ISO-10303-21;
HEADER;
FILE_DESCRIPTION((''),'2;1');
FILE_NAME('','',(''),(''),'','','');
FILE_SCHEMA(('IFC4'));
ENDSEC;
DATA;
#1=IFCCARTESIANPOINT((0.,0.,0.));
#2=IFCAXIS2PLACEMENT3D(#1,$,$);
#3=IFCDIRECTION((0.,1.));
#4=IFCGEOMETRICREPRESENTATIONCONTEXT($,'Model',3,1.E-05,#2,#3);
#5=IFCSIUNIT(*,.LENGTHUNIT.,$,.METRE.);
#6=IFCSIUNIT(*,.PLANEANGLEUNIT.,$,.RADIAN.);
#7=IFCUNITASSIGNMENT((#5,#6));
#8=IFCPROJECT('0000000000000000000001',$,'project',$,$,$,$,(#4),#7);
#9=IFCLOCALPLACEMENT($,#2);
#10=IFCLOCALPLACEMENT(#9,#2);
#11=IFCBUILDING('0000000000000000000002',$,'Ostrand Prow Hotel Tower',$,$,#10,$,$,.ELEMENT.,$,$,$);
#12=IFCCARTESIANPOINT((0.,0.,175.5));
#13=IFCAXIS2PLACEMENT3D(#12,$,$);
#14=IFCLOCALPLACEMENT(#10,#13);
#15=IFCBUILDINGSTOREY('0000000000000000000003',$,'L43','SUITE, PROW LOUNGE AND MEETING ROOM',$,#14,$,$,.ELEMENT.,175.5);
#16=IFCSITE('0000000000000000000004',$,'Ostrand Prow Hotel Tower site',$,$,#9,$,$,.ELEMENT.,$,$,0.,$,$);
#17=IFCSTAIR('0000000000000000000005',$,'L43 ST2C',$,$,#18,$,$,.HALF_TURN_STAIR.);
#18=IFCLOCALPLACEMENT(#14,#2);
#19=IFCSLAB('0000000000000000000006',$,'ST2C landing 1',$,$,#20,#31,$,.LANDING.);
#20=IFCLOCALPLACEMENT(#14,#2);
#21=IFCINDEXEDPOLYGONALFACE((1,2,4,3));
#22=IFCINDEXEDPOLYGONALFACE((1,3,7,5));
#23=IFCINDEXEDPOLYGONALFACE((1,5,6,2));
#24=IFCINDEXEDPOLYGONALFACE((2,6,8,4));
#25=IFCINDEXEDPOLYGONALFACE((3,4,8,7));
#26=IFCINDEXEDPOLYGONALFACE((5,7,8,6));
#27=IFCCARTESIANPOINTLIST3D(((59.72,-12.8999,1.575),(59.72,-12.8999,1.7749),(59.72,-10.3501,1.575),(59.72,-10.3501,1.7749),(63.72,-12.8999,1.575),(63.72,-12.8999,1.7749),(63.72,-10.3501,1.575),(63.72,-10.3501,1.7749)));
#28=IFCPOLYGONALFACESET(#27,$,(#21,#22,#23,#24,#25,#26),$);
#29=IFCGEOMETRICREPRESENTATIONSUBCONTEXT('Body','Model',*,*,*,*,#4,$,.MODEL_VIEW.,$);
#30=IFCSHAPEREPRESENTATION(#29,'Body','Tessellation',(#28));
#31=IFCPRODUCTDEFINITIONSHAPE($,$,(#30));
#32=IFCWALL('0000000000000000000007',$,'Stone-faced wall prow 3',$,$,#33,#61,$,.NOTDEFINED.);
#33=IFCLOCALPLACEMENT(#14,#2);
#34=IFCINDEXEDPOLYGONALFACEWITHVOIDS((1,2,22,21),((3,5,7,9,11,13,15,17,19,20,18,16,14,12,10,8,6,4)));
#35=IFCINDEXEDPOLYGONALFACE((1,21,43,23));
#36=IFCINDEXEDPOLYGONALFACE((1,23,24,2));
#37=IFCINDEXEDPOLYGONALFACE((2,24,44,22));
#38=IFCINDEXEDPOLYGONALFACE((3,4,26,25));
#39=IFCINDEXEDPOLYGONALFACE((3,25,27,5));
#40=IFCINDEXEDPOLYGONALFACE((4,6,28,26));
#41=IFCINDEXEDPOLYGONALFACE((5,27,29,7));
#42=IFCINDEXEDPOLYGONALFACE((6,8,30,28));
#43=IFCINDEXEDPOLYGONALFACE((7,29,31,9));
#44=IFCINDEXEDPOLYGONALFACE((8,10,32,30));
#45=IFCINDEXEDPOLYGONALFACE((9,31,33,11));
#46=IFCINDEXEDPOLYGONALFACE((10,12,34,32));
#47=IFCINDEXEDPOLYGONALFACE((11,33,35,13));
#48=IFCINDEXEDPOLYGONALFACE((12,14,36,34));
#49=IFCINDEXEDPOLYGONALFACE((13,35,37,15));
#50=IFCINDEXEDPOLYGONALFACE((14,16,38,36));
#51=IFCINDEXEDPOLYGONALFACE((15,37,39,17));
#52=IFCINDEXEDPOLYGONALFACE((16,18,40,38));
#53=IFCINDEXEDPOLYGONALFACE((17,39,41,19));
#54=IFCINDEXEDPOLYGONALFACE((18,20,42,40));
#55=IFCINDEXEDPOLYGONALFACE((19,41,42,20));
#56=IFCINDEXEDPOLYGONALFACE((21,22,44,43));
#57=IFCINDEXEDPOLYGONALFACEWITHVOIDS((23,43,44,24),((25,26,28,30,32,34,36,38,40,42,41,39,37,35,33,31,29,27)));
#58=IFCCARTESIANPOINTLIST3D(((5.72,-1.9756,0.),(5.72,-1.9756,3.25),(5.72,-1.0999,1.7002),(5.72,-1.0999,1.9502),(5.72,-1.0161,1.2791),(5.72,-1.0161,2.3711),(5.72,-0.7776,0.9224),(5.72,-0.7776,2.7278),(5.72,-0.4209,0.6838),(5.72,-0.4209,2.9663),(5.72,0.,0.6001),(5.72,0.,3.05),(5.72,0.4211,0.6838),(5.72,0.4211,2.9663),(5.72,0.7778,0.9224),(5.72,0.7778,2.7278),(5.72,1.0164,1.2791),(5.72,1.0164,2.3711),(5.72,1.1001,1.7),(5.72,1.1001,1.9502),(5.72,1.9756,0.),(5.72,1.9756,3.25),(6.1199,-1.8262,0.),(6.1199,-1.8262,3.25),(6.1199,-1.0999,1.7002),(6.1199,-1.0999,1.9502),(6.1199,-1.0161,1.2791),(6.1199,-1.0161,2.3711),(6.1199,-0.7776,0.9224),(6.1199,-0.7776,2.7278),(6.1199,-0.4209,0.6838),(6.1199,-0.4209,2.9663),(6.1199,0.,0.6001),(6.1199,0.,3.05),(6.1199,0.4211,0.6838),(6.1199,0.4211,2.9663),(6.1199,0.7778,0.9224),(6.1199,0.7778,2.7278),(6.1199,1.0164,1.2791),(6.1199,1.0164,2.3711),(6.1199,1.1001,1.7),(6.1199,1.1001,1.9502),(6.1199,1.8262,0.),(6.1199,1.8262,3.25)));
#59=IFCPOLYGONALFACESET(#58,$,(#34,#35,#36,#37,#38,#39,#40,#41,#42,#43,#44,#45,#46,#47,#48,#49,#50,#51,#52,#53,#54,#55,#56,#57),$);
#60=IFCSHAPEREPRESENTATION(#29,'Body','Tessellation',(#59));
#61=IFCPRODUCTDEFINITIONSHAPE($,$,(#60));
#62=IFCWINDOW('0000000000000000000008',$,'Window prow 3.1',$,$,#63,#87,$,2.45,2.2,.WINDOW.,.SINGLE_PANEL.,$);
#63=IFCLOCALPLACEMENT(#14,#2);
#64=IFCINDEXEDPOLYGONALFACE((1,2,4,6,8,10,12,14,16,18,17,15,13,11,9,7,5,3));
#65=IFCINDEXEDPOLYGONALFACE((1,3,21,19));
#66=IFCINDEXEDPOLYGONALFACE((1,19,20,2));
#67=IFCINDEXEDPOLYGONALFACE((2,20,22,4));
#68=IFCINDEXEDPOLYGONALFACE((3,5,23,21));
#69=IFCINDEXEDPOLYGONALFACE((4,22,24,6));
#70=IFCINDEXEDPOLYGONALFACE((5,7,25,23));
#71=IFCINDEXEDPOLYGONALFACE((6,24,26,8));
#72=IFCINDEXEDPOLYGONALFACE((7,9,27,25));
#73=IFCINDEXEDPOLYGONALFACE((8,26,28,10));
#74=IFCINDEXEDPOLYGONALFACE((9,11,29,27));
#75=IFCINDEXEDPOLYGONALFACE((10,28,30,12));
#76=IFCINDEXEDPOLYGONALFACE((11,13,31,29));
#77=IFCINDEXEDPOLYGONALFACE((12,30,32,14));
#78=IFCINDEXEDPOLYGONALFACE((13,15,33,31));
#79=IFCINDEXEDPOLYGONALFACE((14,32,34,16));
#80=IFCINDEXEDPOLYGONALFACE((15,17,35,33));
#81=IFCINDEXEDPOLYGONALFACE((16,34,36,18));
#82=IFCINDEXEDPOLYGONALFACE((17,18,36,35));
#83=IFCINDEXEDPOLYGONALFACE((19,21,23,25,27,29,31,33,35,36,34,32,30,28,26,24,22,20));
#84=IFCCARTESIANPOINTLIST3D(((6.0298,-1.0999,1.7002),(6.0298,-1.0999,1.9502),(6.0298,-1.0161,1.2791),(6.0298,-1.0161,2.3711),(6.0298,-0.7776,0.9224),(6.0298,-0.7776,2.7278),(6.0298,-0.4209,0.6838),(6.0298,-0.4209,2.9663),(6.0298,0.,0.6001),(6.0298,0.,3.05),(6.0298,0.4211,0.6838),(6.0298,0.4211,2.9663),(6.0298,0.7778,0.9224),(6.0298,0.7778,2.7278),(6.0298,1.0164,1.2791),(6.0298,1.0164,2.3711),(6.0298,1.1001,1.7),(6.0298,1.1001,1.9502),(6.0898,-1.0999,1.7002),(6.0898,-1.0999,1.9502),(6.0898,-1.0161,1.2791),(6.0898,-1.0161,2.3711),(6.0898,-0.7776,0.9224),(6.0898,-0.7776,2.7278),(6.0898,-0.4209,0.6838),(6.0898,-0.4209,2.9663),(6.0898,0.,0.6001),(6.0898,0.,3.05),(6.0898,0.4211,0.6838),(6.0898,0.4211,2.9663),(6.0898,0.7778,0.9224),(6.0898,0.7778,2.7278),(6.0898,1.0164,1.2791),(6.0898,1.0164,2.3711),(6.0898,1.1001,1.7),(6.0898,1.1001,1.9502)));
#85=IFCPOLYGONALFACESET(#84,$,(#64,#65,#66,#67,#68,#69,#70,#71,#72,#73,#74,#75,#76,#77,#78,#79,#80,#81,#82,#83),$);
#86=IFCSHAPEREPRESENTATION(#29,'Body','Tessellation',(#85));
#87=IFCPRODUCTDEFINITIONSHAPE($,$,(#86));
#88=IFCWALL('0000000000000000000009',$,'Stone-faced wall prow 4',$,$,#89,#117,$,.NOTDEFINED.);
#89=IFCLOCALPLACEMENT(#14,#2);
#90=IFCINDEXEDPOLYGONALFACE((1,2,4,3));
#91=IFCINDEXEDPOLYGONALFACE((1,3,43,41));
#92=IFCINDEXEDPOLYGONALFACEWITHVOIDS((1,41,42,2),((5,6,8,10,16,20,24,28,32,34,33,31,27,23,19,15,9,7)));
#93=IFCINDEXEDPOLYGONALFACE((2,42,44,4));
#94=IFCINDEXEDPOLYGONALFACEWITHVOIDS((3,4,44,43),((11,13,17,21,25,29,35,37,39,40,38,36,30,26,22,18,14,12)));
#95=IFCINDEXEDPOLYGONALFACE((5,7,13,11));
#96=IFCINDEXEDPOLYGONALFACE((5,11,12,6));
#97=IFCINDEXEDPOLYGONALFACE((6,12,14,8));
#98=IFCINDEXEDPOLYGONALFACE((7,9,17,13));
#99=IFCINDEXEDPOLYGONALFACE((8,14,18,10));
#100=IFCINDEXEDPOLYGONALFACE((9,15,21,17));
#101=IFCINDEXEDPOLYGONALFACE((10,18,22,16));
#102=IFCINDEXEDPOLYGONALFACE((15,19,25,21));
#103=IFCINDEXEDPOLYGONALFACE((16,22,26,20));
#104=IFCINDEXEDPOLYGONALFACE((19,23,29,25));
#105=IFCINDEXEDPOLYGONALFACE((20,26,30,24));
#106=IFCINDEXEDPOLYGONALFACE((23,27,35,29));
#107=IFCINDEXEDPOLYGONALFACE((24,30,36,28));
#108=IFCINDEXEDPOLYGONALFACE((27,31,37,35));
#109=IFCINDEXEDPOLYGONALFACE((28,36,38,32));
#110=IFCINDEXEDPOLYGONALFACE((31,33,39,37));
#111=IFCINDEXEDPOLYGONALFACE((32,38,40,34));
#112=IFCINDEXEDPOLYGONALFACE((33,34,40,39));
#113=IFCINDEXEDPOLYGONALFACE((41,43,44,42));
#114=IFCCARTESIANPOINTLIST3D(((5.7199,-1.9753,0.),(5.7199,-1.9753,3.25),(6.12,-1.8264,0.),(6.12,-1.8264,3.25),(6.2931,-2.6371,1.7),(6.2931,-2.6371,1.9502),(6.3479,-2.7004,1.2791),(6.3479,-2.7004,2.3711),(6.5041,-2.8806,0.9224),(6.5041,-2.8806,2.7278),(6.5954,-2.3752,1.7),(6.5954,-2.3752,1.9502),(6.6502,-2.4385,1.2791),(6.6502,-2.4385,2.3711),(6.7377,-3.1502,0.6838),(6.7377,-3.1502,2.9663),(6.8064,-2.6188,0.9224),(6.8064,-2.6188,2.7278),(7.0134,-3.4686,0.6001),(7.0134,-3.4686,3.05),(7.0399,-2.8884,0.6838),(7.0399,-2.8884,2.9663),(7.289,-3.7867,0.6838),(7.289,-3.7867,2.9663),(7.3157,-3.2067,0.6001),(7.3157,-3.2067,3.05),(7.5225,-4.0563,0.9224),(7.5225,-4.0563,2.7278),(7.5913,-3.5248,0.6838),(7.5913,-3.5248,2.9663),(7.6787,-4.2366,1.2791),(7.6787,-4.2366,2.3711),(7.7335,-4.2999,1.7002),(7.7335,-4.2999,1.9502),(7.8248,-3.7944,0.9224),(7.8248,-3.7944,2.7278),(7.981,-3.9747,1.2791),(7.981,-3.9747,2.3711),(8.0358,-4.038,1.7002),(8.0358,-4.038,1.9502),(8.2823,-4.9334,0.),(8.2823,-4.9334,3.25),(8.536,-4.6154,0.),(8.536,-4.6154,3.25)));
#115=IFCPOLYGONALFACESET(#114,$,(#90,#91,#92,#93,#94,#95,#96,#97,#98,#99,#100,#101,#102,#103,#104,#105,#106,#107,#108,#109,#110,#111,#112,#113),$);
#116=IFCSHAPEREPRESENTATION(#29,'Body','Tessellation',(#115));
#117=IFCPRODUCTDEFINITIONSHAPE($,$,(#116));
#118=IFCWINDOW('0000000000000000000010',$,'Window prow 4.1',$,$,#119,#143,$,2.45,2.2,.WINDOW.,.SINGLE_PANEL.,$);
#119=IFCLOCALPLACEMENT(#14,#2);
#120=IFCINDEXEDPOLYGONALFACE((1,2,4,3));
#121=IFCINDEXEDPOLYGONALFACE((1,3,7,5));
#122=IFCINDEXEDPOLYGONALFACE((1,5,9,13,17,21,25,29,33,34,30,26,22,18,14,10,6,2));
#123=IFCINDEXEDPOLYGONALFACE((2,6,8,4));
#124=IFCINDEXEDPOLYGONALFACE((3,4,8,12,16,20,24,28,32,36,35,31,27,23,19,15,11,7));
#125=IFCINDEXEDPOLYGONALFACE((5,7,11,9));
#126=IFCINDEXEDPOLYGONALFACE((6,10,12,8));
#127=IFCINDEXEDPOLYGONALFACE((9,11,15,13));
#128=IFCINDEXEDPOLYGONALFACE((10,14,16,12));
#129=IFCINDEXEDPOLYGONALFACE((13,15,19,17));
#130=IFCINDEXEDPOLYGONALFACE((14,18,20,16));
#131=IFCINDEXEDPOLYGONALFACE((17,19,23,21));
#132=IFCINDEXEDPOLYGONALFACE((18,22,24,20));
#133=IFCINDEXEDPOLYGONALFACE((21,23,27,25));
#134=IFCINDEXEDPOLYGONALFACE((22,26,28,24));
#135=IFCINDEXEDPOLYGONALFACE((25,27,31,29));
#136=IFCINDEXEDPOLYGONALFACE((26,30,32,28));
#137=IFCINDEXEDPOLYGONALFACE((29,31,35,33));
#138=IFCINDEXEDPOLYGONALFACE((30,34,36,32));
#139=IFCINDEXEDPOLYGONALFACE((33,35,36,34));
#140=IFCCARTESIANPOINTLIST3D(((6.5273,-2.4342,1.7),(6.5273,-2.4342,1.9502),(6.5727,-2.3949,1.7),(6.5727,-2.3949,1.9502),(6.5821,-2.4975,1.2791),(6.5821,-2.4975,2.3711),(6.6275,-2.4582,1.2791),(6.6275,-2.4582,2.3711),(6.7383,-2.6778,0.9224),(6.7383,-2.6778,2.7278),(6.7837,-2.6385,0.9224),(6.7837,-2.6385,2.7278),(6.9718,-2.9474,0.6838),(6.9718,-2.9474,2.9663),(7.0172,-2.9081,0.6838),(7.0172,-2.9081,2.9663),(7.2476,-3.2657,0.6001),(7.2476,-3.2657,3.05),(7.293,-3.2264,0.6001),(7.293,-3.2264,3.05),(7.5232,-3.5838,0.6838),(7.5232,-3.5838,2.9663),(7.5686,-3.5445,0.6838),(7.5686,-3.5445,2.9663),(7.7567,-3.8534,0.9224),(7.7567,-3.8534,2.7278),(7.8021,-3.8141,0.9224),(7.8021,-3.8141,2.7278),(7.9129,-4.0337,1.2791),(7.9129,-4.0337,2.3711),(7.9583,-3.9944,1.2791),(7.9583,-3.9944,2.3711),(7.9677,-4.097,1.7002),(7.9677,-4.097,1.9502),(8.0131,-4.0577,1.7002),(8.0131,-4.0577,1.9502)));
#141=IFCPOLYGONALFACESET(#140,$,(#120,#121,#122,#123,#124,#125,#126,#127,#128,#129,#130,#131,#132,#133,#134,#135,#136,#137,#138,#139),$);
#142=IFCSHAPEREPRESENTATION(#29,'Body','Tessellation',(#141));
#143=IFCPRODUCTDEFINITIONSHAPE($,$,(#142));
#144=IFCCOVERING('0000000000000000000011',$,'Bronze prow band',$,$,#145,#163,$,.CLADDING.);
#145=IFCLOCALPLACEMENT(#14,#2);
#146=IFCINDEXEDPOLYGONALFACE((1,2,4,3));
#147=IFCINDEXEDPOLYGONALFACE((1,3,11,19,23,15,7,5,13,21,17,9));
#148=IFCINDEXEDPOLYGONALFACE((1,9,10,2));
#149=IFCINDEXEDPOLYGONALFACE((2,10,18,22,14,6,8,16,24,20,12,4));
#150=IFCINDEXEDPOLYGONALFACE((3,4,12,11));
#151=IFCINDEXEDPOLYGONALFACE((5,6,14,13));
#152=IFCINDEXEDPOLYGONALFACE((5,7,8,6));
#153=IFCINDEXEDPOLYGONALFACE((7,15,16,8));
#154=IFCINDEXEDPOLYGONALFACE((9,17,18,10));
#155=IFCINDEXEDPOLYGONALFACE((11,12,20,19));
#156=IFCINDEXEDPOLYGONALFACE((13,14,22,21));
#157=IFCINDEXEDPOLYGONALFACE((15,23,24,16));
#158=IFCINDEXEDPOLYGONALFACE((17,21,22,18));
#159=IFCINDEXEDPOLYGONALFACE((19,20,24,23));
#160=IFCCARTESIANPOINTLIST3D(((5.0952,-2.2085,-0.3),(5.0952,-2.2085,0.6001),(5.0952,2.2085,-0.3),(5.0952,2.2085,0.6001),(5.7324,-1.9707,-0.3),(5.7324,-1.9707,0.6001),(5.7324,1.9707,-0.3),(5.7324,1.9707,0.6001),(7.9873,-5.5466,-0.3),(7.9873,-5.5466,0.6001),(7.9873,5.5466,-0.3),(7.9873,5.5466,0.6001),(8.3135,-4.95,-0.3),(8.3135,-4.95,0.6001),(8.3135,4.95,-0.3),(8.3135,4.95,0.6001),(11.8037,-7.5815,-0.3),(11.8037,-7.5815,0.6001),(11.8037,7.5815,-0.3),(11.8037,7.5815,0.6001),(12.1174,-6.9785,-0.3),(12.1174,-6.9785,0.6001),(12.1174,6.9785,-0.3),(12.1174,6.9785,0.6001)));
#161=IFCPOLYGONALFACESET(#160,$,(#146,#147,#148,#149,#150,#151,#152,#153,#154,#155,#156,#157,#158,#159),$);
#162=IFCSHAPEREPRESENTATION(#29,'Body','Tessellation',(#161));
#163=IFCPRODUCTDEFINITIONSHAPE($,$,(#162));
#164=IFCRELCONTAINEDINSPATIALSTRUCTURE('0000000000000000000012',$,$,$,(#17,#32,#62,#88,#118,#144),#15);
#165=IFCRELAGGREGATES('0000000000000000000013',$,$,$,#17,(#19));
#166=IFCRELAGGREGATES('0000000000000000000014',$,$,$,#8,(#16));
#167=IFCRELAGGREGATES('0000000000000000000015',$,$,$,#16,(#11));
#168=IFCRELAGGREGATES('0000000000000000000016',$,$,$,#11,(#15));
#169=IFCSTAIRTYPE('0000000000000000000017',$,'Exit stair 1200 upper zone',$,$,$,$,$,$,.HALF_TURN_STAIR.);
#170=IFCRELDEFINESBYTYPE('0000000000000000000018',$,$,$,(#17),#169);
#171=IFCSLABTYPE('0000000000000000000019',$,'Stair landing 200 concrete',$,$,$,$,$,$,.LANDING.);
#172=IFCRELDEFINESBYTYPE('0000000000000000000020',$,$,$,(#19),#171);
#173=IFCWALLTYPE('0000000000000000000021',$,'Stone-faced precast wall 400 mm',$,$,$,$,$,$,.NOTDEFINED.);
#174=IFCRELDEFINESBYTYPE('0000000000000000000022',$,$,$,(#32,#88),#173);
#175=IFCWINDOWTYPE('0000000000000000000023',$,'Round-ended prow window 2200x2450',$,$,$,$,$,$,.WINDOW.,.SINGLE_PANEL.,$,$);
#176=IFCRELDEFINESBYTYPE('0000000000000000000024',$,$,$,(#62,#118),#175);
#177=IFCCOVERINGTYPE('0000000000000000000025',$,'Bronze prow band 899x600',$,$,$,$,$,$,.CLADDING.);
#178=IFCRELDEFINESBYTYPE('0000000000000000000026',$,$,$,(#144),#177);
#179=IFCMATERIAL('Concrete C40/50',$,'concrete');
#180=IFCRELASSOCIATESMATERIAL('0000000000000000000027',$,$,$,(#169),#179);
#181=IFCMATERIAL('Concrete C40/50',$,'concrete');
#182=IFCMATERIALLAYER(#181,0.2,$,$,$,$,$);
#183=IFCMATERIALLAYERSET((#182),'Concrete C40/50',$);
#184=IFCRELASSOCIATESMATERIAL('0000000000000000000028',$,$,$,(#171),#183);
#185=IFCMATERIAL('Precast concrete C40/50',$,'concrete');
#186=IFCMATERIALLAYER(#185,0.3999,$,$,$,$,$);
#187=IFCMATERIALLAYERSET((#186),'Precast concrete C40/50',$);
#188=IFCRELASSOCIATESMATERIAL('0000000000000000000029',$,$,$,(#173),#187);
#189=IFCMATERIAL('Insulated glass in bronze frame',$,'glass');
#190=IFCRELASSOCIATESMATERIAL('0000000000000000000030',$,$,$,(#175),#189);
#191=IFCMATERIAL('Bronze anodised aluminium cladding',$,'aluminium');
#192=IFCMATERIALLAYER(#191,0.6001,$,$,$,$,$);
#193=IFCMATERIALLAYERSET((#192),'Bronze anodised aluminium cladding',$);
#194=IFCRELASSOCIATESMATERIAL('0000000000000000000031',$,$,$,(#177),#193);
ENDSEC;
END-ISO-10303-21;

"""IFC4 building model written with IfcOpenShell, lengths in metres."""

from ifc_helpers import new_model, si_unit, direction, frame, origin, place, context, subcontext, project, spatial, polyline, outline, extrude, material, layer, layer_set, type_object, element, fill, aggregate, save


model = new_model("IFC4")

# Units and contexts
model_context = context("Model", 3, precision=1e-05, world=origin(), true_north=direction((0.0, 1.0)))
body_context = subcontext(model_context, "Body", "Model", "MODEL_VIEW")
ifc_project = project(units=[si_unit("LENGTHUNIT", "METRE"), si_unit("PLANEANGLEUNIT", "RADIAN")], contexts=[model_context])

# Site, building, storey
site_placement = place(None, origin())
site = spatial("IfcSite", under=ifc_project, at=site_placement, Name="Ostrand Prow Hotel Tower site", CompositionType="ELEMENT", RefElevation=0.0)
building_placement = place(site_placement, origin())
building = spatial("IfcBuilding", under=site, at=building_placement, Name="Ostrand Prow Hotel Tower", CompositionType="ELEMENT")
storey_placement = place(building_placement, frame((0.0, 0.0, 175.5)))
storey = spatial("IfcBuildingStorey", under=building, at=storey_placement, Name="L43", Description="SUITE, PROW LOUNGE AND MEETING ROOM", CompositionType="ELEMENT", Elevation=175.5)

# Stair, slab
ifc_material_1 = material(Name="Concrete C40/50", Category="concrete")
stair_type = type_object("IfcStairType", Name="Exit stair 1200 upper zone", PredefinedType="HALF_TURN_STAIR", material=ifc_material_1)
ifc_material_2 = material(Name="Concrete C40/50", Category="concrete")
ifc_layer_1 = layer(ifc_material_2, 0.2)
ifc_layer_set_1 = layer_set([ifc_layer_1], Name="Concrete C40/50")
slab_type_1 = type_object("IfcSlabType", Name="Stair landing 200 concrete", PredefinedType="LANDING", material=ifc_layer_set_1)
stair_1_placement = place(storey_placement, origin())
stair_1 = element("IfcStair", 1, at=stair_1_placement, inside=storey, type_object=stair_type, Name="L43 ST2C", PredefinedType="HALF_TURN_STAIR")
slab_1_placement = place(storey_placement, frame((0.0, 0.0, 1.575)))
slab_1 = element("IfcSlab", 2, at=slab_1_placement, type_object=slab_type_1, Name="ST2C landing 1", PredefinedType="LANDING", context=body_context, shape_type="SweptSolid", body=[
    extrude(outline(polyline([(59.72, -12.8999), (63.72, -12.8999), (63.72, -10.3501), (59.72, -10.3501), (59.72, -12.8999)])), origin(), (0.0, 0.0, 1.0), 0.2),
])
aggregate(stair_1, [slab_1])

# Walls, openings, windows
ifc_material_3 = material(Name="Precast concrete C40/50", Category="concrete")
ifc_layer_2 = layer(ifc_material_3, 0.3999)
ifc_layer_set_2 = layer_set([ifc_layer_2], Name="Precast concrete C40/50")
wall_type = type_object("IfcWallType", Name="Stone-faced precast wall 400 mm", PredefinedType="NOTDEFINED", material=ifc_layer_set_2)
wall_1_placement = place(storey_placement, frame((5.9199, 1.9009, 0.0), z_axis=(0.0, 0.0, 1.0), x_axis=(0.0, -1.0, 0.0)))
wall_1 = element("IfcWall", 3, at=wall_1_placement, inside=storey, type_object=wall_type, Name="Stone-faced wall prow 3", PredefinedType="NOTDEFINED", context=body_context, shape_type="SweptSolid", body=[
    extrude(outline(polyline([(-0.0747, -0.2), (3.8765, -0.2), (3.7271, 0.2), (0.0747, 0.2), (-0.0747, -0.2)])), origin(), (0.0, 0.0, 1.0), 3.25),
])
opening_1_placement = place(wall_1_placement, frame((0.8008, 0.0, 0.6001)))
opening_1 = element("IfcOpeningElement", 4, at=opening_1_placement, cuts=wall_1, PredefinedType="OPENING", context=body_context, shape_type="SweptSolid", body=[
    extrude(outline(polyline([(0.0, 1.3501), (0.0837, 1.771), (0.3223, 2.1277), (0.679, 2.3662), (1.1001, 2.45), (1.521, 2.3662), (1.8777, 2.1277), (2.1162, 1.771), (2.2, 1.3501), (2.2, 1.1001), (2.1162, 0.679), (1.8777, 0.3223), (1.521, 0.0837), (1.1001, 0.0), (0.679, 0.0837), (0.3223, 0.3223), (0.0837, 0.679), (0.0, 1.0999), (0.0, 1.3501)])), frame((0.0, 0.21, 0.0), z_axis=(0.0, -1.0, 0.0), x_axis=(1.0, 0.0, 0.0)), (0.0, 0.0, 1.0), 0.4199),
])
ifc_material_4 = material(Name="Insulated glass in bronze frame", Category="glass")
window_type = type_object("IfcWindowType", Name="Round-ended prow window 2200x2450", PartitioningType="SINGLE_PANEL", PredefinedType="WINDOW", material=ifc_material_4)
window_1_placement = place(opening_1_placement, origin())
window_1 = element("IfcWindow", 5, at=window_1_placement, inside=storey, type_object=window_type, Name="Window prow 3.1", OverallHeight=2.45, OverallWidth=2.2, PartitioningType="SINGLE_PANEL", PredefinedType="WINDOW", context=body_context, shape_type="SweptSolid", body=[
    extrude(outline(polyline([(0.0, 1.3501), (0.0837, 1.771), (0.3223, 2.1277), (0.679, 2.3662), (1.1001, 2.45), (1.521, 2.3662), (1.8777, 2.1277), (2.1162, 1.771), (2.2, 1.3501), (2.2, 1.1001), (2.1162, 0.679), (1.8777, 0.3223), (1.521, 0.0837), (1.1001, 0.0), (0.679, 0.0837), (0.3223, 0.3223), (0.0837, 0.679), (0.0, 1.0999), (0.0, 1.3501)])), frame((0.0, 0.1699, 0.0), z_axis=(0.0, -1.0, 0.0), x_axis=(1.0, 0.0, 0.0)), (0.0, 0.0, 1.0), 0.0601),
])
fill(opening_1, window_1)
wall_2_placement = place(storey_placement, frame((5.9199, -1.9009, 0.0), z_axis=(0.0, 0.0, 1.0), x_axis=(0.654759, -0.755837, 0.0)))
wall_2 = element("IfcWall", 6, at=wall_2_placement, inside=storey, type_object=wall_type, Name="Stone-faced wall prow 4", PredefinedType="NOTDEFINED", context=body_context, shape_type="SweptSolid", body=[
    extrude(outline(polyline([(-0.0747, -0.2), (3.8389, -0.2), (3.7646, 0.2), (0.0747, 0.2), (-0.0747, -0.2)])), origin(), (0.0, 0.0, 1.0), 3.25),
])
opening_2_placement = place(wall_2_placement, frame((0.8008, 0.0, 0.6001)))
opening_2 = element("IfcOpeningElement", 7, at=opening_2_placement, cuts=wall_2, PredefinedType="OPENING", context=body_context, shape_type="SweptSolid", body=[
    extrude(outline(polyline([(0.0, 1.3501), (0.0837, 1.771), (0.3223, 2.1277), (0.679, 2.3662), (1.1001, 2.45), (1.521, 2.3662), (1.8777, 2.1277), (2.1162, 1.771), (2.2, 1.3501), (2.2, 1.1001), (2.1162, 0.679), (1.8777, 0.3223), (1.521, 0.0837), (1.1001, 0.0), (0.679, 0.0837), (0.3223, 0.3223), (0.0837, 0.679), (0.0, 1.0999), (0.0, 1.3501)])), frame((0.0, 0.21, 0.0), z_axis=(0.0, -1.0, 0.0), x_axis=(1.0, 0.0, 0.0)), (0.0, 0.0, 1.0), 0.4199),
])
window_2_placement = place(opening_2_placement, origin())
window_2 = element("IfcWindow", 8, at=window_2_placement, inside=storey, type_object=window_type, Name="Window prow 4.1", OverallHeight=2.45, OverallWidth=2.2, PartitioningType="SINGLE_PANEL", PredefinedType="WINDOW", context=body_context, shape_type="SweptSolid", body=[
    extrude(outline(polyline([(0.0, 1.3501), (0.0837, 1.771), (0.3223, 2.1277), (0.679, 2.3662), (1.1001, 2.45), (1.521, 2.3662), (1.8777, 2.1277), (2.1162, 1.771), (2.2, 1.3501), (2.2, 1.1001), (2.1162, 0.679), (1.8777, 0.3223), (1.521, 0.0837), (1.1001, 0.0), (0.679, 0.0837), (0.3223, 0.3223), (0.0837, 0.679), (0.0, 1.0999), (0.0, 1.3501)])), frame((0.0, 0.1699, 0.0), z_axis=(0.0, -1.0, 0.0), x_axis=(1.0, 0.0, 0.0)), (0.0, 0.0, 1.0), 0.0601),
])
fill(opening_2, window_2)

# Covering
ifc_material_5 = material(Name="Bronze anodised aluminium cladding", Category="aluminium")
ifc_layer_3 = layer(ifc_material_5, 0.6001)
ifc_layer_set_3 = layer_set([ifc_layer_3], Name="Bronze anodised aluminium cladding")
covering_type_1 = type_object("IfcCoveringType", Name="Bronze prow band 899x600", PredefinedType="CLADDING", material=ifc_layer_set_3)
covering_1_placement = place(storey_placement, frame((0.0, 0.0, -0.3)))
element("IfcCovering", 9, at=covering_1_placement, inside=storey, type_object=covering_type_1, Name="Bronze prow band", PredefinedType="CLADDING", context=body_context, shape_type="SweptSolid", body=[
    extrude(outline(polyline([(11.8037, 7.5815), (7.9873, 5.5466), (5.0952, 2.2085), (5.0952, -2.2085), (7.9873, -5.5466), (11.8037, -7.5815), (12.1174, -6.9785), (8.3135, -4.95), (5.7324, -1.9707), (5.7324, 1.9707), (8.3135, 4.95), (12.1174, 6.9785), (11.8037, 7.5815)])), origin(), (0.0, 0.0, 1.0), 0.9001),
])

save(model, "model.ifc")
